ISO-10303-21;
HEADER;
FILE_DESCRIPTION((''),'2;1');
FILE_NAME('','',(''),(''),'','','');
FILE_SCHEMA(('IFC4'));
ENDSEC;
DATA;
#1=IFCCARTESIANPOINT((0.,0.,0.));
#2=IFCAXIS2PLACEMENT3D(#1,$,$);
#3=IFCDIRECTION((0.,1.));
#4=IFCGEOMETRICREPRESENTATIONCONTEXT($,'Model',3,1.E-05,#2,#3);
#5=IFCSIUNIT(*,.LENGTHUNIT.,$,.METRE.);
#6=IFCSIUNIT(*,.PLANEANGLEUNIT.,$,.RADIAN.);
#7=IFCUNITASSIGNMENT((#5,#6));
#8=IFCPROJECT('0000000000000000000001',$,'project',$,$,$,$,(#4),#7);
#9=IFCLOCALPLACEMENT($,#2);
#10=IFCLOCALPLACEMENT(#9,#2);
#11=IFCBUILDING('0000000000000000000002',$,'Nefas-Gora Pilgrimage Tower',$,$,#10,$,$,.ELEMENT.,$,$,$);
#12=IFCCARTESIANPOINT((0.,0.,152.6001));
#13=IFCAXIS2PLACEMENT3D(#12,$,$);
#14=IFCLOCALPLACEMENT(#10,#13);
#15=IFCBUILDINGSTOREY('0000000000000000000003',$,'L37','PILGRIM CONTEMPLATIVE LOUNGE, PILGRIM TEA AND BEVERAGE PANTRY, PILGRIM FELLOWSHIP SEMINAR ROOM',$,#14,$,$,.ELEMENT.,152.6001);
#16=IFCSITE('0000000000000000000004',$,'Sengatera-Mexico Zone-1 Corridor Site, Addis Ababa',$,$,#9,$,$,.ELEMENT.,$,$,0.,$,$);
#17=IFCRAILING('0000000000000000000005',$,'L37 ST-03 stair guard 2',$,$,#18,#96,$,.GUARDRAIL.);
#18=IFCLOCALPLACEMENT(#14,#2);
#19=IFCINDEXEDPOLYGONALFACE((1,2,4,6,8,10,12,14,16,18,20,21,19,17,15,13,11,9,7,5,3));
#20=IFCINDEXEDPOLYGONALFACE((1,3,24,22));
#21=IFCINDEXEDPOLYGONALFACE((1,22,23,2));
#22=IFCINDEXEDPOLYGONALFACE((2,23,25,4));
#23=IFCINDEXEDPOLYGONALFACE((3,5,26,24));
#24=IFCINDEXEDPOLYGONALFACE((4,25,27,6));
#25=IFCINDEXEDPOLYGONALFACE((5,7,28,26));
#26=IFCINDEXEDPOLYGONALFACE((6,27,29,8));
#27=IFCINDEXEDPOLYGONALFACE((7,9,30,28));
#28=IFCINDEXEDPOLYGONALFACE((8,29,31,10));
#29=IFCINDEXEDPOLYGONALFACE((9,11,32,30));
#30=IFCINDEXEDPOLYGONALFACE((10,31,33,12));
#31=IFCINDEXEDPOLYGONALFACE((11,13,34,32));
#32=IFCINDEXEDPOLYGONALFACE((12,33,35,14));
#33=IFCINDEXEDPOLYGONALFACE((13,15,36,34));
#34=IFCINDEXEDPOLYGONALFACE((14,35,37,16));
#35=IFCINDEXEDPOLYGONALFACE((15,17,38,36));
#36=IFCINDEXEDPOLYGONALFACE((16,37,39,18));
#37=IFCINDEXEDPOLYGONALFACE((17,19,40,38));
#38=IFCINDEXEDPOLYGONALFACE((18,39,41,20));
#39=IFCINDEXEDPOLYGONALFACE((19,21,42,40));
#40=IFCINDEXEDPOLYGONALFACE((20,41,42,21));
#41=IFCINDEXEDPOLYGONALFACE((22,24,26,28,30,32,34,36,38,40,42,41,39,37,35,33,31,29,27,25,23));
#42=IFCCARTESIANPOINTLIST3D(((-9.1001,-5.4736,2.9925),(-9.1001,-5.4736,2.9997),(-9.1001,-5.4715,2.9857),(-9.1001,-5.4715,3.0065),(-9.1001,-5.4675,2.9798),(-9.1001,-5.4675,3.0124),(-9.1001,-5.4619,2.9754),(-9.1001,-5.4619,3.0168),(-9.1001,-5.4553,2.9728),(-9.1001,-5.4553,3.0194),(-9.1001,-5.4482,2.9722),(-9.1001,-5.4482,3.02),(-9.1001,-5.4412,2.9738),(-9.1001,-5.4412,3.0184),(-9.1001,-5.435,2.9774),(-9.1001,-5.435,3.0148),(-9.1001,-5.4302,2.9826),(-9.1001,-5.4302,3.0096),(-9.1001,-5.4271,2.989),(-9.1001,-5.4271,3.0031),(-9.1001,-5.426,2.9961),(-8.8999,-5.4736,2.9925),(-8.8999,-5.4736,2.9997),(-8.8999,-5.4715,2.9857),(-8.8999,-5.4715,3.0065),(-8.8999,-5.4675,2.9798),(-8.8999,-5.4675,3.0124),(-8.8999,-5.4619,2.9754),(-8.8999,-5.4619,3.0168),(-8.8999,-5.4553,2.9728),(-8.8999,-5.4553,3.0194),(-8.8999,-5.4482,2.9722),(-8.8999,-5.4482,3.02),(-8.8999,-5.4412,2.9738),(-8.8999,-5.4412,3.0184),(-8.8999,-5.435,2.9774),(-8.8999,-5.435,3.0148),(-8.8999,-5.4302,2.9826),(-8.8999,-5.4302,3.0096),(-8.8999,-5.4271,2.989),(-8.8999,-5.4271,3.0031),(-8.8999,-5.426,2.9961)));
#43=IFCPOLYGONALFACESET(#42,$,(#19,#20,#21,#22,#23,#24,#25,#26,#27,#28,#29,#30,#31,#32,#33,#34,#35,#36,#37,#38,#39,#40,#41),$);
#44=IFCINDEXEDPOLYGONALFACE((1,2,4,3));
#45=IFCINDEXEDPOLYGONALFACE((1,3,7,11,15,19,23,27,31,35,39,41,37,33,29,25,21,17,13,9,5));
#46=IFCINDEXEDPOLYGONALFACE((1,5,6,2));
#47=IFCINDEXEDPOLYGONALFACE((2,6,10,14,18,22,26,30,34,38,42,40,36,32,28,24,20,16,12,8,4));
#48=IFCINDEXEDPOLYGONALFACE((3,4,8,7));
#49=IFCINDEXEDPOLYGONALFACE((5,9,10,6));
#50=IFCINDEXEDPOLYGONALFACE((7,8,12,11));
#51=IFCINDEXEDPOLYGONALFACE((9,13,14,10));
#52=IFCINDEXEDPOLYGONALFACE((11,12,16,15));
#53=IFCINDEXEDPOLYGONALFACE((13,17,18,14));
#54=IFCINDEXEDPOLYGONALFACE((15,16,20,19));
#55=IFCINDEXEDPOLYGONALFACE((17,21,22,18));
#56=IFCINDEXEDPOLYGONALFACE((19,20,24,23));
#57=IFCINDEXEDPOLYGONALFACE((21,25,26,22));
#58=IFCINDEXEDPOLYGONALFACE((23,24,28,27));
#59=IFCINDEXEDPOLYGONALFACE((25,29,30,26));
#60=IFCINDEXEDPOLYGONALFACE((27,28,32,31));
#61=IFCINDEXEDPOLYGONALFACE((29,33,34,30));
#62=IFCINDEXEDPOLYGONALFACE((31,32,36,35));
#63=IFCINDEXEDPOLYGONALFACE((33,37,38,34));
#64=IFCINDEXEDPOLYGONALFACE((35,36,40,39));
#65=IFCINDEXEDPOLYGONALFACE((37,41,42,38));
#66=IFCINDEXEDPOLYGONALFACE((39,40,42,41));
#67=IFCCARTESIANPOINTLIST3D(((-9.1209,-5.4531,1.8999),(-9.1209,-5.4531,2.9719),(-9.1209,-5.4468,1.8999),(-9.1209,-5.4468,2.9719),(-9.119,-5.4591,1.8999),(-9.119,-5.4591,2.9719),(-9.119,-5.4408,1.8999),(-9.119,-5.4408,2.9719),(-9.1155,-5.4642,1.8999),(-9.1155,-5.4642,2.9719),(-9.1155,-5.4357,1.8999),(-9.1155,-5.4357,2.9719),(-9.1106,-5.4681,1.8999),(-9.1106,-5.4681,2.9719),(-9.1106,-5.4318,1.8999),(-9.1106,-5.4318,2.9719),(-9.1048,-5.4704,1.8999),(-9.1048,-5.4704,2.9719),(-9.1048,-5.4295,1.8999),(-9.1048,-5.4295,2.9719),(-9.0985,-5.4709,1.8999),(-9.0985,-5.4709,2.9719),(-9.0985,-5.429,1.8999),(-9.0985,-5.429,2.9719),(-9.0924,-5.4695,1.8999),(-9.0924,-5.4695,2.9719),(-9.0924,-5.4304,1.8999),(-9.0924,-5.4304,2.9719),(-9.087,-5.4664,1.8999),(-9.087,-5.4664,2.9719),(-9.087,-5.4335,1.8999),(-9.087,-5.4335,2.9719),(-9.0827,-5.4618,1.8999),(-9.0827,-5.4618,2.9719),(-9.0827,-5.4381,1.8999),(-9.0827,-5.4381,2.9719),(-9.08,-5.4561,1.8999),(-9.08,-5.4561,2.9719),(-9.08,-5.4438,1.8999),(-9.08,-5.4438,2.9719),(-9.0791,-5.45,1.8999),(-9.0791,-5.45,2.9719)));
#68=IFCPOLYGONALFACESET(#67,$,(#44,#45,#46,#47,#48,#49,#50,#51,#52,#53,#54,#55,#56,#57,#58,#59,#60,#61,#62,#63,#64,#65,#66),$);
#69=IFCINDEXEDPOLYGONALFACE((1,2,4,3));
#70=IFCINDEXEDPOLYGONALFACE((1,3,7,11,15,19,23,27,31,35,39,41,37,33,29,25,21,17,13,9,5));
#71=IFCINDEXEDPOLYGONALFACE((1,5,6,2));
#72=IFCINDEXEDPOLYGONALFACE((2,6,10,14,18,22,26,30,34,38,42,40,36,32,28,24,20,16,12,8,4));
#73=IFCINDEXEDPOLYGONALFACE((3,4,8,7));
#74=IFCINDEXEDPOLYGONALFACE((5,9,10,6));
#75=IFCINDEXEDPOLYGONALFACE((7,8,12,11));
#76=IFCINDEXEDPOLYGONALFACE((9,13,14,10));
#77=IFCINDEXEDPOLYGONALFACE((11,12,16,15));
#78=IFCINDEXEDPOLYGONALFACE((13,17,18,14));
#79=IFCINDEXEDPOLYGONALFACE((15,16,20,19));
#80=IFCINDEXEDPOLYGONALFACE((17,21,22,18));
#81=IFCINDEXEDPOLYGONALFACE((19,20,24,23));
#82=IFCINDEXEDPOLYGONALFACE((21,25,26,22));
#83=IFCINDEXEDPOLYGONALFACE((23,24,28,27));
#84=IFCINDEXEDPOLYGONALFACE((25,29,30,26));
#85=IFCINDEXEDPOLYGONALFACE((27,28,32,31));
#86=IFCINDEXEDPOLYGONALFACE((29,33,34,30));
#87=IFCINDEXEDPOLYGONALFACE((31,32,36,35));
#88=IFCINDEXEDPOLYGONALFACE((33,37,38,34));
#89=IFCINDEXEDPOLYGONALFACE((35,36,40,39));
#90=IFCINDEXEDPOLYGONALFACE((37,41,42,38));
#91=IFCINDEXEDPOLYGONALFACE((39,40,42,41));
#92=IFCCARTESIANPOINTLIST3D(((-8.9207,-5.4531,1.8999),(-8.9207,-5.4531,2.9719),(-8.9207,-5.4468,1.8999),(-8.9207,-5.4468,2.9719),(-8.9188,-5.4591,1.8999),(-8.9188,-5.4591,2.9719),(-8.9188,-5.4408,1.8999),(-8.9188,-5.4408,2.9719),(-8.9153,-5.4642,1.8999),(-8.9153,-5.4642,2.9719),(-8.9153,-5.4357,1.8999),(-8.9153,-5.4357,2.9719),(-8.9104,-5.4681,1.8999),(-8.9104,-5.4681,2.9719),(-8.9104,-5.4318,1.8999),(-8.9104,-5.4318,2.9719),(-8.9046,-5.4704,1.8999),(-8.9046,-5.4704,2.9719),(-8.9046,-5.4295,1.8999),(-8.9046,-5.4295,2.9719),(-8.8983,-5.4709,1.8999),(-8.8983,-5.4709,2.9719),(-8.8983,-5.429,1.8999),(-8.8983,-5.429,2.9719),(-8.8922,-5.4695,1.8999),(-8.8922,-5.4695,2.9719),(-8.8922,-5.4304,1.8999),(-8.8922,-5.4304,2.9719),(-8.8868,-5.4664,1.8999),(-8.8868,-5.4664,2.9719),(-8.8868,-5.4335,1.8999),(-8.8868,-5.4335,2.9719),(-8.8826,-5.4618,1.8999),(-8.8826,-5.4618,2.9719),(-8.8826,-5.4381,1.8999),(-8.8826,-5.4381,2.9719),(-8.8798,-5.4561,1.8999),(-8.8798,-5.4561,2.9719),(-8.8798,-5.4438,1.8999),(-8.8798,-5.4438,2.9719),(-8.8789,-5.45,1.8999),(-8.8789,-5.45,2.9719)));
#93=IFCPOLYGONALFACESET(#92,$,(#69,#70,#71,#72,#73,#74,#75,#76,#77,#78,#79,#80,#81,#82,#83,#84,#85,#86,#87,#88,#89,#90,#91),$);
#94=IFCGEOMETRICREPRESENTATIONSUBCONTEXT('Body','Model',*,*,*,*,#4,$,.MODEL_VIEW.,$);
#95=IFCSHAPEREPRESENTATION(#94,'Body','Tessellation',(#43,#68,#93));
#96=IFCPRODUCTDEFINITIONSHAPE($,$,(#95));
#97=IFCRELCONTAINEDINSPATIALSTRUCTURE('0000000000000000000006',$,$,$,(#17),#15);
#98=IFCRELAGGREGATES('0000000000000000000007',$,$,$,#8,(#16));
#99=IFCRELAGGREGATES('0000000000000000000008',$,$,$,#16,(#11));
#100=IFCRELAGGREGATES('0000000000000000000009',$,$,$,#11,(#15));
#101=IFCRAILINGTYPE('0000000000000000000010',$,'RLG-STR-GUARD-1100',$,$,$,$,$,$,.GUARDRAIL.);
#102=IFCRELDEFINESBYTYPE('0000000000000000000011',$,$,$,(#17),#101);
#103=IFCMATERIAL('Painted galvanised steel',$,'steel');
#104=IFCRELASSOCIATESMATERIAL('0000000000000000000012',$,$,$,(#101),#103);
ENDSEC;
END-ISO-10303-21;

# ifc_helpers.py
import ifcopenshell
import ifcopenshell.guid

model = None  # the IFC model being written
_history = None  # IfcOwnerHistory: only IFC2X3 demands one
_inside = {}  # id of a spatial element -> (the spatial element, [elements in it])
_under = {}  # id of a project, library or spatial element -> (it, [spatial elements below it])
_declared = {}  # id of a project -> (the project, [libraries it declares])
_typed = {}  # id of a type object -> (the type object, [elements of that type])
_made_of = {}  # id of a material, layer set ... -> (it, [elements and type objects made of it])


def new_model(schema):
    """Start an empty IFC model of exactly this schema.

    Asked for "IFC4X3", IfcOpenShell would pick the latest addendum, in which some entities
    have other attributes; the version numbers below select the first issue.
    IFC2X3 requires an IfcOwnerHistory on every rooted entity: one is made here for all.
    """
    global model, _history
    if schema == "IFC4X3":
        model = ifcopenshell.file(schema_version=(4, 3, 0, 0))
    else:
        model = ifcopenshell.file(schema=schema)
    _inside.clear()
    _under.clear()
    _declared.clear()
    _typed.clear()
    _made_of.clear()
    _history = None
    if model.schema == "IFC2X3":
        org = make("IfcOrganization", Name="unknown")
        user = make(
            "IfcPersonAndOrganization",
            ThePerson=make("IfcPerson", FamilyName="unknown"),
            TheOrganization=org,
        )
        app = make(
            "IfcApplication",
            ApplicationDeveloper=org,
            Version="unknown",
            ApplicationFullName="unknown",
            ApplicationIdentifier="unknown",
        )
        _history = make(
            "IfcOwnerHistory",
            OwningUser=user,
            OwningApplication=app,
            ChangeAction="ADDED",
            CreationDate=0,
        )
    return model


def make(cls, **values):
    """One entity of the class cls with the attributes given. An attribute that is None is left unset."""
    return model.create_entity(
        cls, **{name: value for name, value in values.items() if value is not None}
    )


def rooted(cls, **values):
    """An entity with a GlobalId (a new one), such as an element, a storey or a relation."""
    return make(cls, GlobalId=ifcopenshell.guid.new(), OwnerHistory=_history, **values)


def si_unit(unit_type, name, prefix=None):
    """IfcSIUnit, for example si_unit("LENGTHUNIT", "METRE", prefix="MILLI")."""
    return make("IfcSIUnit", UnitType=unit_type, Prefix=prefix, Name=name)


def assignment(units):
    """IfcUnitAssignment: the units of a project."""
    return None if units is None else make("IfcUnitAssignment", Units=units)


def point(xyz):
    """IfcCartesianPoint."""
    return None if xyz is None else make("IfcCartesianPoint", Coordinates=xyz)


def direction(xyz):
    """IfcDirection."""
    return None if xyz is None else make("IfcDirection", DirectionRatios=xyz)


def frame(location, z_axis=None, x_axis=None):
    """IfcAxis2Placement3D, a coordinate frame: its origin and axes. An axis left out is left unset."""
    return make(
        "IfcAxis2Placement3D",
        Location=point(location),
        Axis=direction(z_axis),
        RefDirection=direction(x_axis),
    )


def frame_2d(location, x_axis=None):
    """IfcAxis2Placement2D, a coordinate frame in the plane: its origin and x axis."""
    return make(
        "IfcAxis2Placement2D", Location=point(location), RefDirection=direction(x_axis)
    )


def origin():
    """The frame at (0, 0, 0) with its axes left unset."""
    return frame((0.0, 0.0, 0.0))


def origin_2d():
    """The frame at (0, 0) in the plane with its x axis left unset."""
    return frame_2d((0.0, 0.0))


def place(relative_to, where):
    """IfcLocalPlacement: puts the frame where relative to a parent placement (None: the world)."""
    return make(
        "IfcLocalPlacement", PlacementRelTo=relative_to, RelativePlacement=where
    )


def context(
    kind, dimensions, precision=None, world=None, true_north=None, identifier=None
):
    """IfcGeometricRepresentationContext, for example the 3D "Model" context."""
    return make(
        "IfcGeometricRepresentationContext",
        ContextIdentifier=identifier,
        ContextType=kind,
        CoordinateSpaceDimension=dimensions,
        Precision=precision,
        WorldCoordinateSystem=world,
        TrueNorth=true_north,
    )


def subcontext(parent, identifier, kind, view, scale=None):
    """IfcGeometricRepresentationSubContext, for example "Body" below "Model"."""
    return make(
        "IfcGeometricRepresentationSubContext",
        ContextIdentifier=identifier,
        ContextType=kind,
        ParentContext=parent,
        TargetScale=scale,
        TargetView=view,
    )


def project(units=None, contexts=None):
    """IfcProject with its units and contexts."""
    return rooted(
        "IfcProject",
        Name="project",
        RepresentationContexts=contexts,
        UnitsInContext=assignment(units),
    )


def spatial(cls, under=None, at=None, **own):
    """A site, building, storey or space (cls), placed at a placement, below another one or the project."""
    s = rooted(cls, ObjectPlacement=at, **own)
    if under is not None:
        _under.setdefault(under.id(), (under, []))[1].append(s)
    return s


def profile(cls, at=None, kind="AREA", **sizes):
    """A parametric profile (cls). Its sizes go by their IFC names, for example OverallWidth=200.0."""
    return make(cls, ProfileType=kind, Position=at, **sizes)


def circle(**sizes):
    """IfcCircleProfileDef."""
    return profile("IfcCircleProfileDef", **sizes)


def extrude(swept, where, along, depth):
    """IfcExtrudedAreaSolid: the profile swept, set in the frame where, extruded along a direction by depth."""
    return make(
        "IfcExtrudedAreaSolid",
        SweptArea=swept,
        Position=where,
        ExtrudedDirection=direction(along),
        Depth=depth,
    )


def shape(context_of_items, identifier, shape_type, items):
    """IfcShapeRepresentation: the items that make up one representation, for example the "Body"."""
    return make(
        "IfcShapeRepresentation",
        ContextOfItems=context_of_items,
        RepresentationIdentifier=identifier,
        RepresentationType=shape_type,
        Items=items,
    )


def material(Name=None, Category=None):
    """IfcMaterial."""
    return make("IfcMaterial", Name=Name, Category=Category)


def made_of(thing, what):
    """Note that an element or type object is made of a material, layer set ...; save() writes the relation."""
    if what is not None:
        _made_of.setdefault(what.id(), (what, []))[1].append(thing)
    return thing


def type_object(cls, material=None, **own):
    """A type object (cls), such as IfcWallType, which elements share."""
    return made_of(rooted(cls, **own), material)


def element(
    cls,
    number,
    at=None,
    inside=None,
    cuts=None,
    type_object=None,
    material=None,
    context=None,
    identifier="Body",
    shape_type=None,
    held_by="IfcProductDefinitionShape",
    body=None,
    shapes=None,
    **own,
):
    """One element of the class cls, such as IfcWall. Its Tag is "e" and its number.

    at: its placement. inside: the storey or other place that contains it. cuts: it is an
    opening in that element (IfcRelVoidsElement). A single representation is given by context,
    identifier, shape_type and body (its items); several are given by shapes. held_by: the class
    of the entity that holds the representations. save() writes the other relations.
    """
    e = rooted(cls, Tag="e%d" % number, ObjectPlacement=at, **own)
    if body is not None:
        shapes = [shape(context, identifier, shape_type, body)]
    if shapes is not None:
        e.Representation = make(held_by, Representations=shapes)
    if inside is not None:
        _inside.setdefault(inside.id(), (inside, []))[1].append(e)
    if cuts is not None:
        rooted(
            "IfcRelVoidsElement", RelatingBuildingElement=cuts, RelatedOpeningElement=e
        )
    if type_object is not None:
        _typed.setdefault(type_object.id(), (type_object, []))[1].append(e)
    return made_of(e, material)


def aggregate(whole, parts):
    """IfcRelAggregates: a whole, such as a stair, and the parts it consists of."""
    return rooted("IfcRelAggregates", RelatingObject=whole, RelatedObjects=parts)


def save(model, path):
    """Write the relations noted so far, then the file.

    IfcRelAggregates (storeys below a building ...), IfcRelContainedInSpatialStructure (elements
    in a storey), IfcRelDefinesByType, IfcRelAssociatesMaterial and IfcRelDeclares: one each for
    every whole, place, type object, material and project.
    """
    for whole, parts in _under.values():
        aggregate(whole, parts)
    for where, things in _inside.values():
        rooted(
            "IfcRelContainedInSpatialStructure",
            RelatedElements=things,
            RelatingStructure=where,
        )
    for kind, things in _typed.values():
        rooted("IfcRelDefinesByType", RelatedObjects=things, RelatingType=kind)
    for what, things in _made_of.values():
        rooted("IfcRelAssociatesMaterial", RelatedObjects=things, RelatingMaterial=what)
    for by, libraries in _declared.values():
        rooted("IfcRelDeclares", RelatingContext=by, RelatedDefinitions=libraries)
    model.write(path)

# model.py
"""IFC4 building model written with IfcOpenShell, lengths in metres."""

from ifc_helpers import new_model, si_unit, direction, frame, origin, origin_2d, place, context, subcontext, project, spatial, circle, extrude, material, type_object, element, save


model = new_model("IFC4")

# Units and contexts
model_context = context("Model", 3, precision=1e-05, world=origin(), true_north=direction((0.0, 1.0)))
body_context = subcontext(model_context, "Body", "Model", "MODEL_VIEW")
ifc_project = project(units=[si_unit("LENGTHUNIT", "METRE"), si_unit("PLANEANGLEUNIT", "RADIAN")], contexts=[model_context])

# Site, building, storey
site_placement = place(None, origin())
site = spatial("IfcSite", under=ifc_project, at=site_placement, Name="Sengatera-Mexico Zone-1 Corridor Site, Addis Ababa", CompositionType="ELEMENT", RefElevation=0.0)
building_placement = place(site_placement, origin())
building = spatial("IfcBuilding", under=site, at=building_placement, Name="Nefas-Gora Pilgrimage Tower", CompositionType="ELEMENT")
storey_placement = place(building_placement, frame((0.0, 0.0, 152.6001)))
storey = spatial("IfcBuildingStorey", under=building, at=storey_placement, Name="L37", Description="PILGRIM CONTEMPLATIVE LOUNGE, PILGRIM TEA AND BEVERAGE PANTRY, PILGRIM FELLOWSHIP SEMINAR ROOM", CompositionType="ELEMENT", Elevation=152.6001)

# Railing
ifc_material_1 = material(Name="Painted galvanised steel", Category="steel")
railing_type_1 = type_object("IfcRailingType", Name="RLG-STR-GUARD-1100", PredefinedType="GUARDRAIL", material=ifc_material_1)
railing_1_placement = place(storey_placement, frame((-9.1001, -5.45, 1.8999)))
element("IfcRailing", 1, at=railing_1_placement, inside=storey, type_object=railing_type_1, Name="L37 ST-03 stair guard 2", PredefinedType="GUARDRAIL", context=body_context, shape_type="SweptSolid", body=[
    extrude(circle(Radius=0.0239, at=origin_2d()), frame((0.0, 0.0, 1.0962), z_axis=(1.0, 0.0, 0.0), x_axis=(0.0, 1.0, 0.0)), (0.0, 0.0, 1.0), 0.2002),
    extrude(circle(Radius=0.021, at=origin_2d()), origin(), (0.0, 0.0, 1.0), 1.072),
    extrude(circle(Radius=0.021, at=origin_2d()), frame((0.2002, 0.0, 0.0)), (0.0, 0.0, 1.0), 1.072),
])

save(model, "model.ifc")
